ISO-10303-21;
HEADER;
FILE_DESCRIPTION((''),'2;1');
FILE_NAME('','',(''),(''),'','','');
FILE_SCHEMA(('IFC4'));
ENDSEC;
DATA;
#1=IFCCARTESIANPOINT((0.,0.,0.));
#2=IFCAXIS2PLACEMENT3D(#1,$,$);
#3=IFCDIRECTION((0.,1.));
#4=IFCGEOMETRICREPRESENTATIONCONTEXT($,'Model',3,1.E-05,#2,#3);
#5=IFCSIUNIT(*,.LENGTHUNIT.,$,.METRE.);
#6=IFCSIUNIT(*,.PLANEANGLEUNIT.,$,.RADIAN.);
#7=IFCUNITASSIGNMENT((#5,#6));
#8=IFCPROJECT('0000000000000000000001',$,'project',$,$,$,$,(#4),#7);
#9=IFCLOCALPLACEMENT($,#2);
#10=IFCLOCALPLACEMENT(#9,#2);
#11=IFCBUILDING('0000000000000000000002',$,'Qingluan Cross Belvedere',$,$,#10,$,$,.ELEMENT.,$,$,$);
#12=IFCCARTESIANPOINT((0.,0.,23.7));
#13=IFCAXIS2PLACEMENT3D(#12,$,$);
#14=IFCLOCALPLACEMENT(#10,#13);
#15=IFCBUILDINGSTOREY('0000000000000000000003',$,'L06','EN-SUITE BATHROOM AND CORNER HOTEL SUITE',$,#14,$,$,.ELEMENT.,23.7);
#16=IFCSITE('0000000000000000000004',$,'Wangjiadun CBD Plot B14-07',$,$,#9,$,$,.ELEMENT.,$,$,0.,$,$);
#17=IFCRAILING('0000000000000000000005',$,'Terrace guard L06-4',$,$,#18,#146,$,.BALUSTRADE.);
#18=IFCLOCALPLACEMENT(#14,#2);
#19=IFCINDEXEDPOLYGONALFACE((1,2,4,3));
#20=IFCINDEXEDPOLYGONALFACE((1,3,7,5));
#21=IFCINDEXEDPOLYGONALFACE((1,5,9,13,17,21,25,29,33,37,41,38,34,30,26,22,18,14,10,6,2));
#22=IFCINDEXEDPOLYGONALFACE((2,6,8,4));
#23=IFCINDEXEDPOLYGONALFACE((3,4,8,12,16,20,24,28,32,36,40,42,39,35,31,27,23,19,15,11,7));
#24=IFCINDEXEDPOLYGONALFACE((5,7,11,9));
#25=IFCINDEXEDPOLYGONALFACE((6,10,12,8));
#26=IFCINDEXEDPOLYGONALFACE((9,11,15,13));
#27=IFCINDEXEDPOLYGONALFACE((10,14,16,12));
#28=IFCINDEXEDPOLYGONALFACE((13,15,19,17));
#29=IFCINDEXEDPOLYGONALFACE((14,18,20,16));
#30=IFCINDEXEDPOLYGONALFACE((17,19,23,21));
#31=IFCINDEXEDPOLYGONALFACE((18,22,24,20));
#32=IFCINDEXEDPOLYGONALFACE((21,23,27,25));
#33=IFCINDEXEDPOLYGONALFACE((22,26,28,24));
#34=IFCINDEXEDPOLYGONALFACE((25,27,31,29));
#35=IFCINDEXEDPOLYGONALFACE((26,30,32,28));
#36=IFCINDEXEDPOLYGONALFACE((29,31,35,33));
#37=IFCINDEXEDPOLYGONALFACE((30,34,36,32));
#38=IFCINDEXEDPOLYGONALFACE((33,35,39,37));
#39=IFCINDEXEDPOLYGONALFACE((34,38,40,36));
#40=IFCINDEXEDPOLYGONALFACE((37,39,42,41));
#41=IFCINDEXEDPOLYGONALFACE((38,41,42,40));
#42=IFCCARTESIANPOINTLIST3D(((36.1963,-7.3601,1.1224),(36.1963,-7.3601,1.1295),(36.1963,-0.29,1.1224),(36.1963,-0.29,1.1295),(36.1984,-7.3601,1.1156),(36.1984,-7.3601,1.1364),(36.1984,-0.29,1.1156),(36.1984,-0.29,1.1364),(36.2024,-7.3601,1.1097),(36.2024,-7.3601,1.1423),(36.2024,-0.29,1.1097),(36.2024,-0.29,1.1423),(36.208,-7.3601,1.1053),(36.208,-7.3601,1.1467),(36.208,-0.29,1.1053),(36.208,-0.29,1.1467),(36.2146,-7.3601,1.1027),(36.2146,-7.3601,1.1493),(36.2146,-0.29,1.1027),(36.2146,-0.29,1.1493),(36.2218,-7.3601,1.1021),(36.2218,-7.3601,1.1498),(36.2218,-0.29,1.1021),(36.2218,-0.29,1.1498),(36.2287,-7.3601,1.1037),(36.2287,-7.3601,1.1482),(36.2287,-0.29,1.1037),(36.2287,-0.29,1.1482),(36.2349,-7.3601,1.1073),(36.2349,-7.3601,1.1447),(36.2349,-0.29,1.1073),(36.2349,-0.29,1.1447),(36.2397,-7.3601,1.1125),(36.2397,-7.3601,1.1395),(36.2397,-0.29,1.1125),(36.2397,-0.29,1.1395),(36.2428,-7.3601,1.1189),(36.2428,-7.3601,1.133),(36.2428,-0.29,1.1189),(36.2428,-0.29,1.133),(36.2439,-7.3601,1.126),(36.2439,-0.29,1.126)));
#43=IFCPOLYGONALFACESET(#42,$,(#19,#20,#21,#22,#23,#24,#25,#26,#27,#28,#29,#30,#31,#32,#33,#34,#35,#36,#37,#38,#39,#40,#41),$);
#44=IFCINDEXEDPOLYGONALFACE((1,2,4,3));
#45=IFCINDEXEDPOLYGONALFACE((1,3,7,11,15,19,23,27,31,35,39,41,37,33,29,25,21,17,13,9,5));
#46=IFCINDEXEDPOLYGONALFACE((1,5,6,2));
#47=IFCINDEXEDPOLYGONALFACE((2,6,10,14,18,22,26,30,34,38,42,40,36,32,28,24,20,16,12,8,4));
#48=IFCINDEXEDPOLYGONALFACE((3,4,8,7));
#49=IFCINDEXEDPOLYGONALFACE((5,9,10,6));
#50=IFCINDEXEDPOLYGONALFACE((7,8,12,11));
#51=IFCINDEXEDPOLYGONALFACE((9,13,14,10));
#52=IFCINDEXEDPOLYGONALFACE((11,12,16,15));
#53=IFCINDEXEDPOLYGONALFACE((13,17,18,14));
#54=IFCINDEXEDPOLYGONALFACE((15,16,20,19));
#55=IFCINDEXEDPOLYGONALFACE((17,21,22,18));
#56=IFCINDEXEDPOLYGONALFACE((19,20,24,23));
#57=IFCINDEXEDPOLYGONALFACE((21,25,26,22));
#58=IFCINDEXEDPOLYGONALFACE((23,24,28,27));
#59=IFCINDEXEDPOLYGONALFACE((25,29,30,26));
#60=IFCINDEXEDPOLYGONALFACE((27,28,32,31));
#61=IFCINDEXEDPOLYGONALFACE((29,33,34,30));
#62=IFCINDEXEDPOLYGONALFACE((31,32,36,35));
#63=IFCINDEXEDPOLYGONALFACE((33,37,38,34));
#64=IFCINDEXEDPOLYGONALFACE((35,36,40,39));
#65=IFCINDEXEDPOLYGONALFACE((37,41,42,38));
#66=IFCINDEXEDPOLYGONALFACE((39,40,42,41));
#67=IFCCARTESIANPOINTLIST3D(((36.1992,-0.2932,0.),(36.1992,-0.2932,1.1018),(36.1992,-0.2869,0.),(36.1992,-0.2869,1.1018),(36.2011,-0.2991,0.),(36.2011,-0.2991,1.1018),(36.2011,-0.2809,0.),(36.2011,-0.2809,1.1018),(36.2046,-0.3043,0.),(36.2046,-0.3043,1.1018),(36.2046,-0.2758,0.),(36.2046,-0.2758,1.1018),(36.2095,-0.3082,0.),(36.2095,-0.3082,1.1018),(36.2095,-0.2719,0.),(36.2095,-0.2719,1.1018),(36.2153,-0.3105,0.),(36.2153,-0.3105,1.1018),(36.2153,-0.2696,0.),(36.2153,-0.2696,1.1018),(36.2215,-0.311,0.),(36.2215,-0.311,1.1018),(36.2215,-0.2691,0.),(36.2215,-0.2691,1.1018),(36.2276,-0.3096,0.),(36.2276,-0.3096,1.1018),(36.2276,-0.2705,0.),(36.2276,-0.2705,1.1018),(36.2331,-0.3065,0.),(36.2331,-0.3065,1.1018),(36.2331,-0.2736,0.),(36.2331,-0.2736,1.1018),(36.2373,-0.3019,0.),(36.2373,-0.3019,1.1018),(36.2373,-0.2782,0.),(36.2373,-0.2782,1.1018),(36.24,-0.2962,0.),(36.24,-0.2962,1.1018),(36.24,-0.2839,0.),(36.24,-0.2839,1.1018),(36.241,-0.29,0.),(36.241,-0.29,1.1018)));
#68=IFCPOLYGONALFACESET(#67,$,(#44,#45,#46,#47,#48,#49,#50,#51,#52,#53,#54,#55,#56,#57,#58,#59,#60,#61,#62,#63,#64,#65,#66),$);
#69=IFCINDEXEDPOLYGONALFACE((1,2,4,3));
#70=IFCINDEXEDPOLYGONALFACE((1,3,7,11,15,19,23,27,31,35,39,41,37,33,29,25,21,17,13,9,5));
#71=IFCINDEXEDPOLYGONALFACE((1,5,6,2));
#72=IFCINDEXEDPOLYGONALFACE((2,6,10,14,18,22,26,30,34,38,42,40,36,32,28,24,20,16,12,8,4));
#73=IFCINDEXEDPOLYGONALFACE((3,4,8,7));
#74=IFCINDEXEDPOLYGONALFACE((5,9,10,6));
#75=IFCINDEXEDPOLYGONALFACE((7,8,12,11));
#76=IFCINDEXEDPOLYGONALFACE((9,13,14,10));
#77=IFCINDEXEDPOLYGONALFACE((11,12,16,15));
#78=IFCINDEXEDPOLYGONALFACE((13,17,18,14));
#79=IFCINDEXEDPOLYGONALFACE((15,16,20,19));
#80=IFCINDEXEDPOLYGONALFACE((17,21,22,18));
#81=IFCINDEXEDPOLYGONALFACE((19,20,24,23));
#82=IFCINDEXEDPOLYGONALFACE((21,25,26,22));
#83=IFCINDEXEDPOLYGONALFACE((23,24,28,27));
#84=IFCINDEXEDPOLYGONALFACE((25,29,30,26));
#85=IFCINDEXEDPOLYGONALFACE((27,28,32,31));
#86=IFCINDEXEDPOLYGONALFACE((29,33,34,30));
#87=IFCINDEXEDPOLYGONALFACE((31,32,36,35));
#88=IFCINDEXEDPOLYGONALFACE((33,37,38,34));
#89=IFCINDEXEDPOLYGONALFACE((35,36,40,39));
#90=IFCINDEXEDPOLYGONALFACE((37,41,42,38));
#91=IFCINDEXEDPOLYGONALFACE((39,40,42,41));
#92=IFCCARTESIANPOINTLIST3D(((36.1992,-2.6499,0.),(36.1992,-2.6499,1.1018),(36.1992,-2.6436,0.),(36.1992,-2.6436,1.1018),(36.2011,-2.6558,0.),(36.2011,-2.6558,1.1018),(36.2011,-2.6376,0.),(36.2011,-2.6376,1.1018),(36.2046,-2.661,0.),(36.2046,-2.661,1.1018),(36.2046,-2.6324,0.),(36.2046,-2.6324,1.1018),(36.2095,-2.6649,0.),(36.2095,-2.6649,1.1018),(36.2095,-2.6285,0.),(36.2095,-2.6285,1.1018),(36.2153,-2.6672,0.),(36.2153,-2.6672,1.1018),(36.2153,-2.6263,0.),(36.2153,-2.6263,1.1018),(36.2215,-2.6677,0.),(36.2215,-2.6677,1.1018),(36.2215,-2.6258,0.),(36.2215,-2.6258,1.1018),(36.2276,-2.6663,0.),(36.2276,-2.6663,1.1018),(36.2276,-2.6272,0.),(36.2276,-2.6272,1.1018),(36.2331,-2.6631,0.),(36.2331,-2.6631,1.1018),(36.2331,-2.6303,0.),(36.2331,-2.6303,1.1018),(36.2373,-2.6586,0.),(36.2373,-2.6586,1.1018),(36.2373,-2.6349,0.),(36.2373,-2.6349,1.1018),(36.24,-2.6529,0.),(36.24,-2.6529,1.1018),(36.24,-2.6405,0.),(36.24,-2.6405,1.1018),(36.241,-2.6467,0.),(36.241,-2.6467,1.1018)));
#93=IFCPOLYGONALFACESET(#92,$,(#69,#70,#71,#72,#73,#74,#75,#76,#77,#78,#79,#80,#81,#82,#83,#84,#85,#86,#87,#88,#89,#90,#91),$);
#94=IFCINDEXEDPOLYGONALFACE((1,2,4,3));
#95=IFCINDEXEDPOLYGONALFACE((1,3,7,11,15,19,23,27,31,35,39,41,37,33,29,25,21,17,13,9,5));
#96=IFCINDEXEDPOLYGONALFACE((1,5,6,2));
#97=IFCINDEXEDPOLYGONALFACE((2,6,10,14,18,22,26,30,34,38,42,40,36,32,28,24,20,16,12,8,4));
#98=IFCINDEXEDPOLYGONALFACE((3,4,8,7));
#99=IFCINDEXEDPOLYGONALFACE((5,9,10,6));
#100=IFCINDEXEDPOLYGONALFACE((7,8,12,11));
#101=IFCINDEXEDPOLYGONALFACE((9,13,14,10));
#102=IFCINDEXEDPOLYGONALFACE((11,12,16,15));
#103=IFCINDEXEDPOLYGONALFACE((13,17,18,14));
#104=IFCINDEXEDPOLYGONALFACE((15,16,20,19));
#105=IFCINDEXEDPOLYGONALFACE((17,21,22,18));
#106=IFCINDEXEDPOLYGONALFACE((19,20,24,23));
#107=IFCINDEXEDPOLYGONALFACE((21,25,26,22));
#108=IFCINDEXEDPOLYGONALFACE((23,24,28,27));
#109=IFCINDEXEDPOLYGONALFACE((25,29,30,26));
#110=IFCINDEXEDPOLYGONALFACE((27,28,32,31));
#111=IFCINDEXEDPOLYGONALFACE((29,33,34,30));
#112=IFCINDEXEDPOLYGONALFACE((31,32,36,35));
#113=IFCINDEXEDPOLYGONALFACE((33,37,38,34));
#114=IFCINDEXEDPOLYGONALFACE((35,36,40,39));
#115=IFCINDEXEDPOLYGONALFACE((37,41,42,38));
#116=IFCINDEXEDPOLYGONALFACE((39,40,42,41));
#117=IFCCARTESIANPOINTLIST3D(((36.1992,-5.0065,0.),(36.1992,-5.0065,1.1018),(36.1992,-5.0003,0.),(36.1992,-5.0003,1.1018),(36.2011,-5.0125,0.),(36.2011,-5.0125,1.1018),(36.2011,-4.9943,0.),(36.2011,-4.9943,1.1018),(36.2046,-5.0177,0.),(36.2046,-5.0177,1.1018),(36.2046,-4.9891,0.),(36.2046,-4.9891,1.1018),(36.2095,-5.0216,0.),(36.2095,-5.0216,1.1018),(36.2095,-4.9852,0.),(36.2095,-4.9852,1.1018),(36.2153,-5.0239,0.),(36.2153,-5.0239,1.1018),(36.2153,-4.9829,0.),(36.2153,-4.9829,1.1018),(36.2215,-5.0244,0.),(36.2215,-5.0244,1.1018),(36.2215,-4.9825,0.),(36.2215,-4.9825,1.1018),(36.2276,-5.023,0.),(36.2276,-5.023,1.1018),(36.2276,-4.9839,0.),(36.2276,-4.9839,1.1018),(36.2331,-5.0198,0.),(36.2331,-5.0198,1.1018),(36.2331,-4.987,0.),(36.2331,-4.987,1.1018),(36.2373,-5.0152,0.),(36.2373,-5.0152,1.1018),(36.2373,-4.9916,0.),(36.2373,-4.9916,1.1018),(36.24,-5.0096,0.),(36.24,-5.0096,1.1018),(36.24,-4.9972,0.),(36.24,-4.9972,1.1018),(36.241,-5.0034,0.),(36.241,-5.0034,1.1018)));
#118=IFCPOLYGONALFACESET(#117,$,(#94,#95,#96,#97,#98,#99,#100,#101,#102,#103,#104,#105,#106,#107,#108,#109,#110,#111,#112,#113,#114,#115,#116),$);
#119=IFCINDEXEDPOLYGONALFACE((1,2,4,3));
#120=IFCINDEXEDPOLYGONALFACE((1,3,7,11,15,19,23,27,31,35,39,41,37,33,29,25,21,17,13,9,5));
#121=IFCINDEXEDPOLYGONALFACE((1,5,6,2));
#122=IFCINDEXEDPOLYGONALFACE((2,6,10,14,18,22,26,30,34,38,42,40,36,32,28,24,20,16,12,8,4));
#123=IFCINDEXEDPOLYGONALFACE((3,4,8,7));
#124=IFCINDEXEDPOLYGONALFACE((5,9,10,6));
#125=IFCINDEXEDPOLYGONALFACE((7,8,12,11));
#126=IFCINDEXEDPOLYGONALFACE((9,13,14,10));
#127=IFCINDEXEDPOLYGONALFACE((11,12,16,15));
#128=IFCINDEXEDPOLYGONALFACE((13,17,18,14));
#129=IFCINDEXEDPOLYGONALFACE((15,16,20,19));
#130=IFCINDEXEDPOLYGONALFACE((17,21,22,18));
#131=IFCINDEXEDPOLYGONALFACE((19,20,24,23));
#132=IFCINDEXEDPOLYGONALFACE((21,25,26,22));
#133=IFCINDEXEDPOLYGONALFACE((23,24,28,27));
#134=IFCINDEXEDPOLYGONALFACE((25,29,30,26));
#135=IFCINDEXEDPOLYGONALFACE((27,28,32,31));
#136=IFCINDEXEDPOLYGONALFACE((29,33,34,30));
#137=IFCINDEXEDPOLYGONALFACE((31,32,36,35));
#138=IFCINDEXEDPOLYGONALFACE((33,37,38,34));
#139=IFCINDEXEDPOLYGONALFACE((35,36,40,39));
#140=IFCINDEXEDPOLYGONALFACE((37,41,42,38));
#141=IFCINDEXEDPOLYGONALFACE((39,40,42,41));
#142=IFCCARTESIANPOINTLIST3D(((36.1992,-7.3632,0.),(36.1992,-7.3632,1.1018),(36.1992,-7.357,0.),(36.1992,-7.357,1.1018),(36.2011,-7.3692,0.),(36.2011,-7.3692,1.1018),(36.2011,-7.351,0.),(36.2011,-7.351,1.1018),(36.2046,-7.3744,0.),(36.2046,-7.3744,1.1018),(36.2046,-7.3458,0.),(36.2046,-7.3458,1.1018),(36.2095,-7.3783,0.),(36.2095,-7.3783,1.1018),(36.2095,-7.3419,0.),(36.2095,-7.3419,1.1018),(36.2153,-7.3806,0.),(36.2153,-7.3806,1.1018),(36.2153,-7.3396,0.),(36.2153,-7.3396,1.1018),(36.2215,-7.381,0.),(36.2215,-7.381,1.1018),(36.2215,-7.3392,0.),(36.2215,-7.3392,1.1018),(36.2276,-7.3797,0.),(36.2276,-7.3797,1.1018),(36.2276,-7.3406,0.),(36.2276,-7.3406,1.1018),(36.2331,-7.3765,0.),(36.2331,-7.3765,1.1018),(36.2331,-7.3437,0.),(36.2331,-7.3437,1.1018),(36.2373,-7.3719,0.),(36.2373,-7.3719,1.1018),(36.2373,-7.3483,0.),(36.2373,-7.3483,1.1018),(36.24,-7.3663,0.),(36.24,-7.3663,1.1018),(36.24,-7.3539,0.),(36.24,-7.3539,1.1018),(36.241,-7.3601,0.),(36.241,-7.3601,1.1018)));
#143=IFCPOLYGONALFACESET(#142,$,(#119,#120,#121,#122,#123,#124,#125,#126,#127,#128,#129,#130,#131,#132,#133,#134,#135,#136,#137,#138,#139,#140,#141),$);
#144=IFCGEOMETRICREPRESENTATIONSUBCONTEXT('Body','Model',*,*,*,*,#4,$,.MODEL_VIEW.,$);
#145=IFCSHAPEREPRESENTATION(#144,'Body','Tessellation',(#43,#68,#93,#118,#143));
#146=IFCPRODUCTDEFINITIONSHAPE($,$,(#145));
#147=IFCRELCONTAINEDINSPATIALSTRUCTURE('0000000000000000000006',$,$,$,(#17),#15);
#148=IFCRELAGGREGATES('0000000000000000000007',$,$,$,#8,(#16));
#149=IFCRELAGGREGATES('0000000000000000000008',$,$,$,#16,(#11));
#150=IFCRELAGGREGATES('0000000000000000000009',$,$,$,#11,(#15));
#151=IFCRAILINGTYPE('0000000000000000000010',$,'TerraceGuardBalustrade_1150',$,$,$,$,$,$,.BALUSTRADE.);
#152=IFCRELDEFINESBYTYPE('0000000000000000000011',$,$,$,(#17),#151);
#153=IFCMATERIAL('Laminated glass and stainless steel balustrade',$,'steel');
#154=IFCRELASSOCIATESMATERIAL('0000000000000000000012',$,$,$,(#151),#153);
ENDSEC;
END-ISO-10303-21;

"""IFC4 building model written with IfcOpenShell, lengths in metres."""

from ifc_helpers import new_model, si_unit, direction, frame, origin, origin_2d, place, context, subcontext, project, spatial, circle, extrude, material, type_object, element, save


model = new_model("IFC4")

# Units and contexts
model_context = context("Model", 3, precision=1e-05, world=origin(), true_north=direction((0.0, 1.0)))
body_context = subcontext(model_context, "Body", "Model", "MODEL_VIEW")
ifc_project = project(units=[si_unit("LENGTHUNIT", "METRE"), si_unit("PLANEANGLEUNIT", "RADIAN")], contexts=[model_context])

# Site, building, storey
site_placement = place(None, origin())
site = spatial("IfcSite", under=ifc_project, at=site_placement, Name="Wangjiadun CBD Plot B14-07", CompositionType="ELEMENT", RefElevation=0.0)
building_placement = place(site_placement, origin())
building = spatial("IfcBuilding", under=site, at=building_placement, Name="Qingluan Cross Belvedere", CompositionType="ELEMENT")
storey_placement = place(building_placement, frame((0.0, 0.0, 23.7)))
storey = spatial("IfcBuildingStorey", under=building, at=storey_placement, Name="L06", Description="EN-SUITE BATHROOM AND CORNER HOTEL SUITE", CompositionType="ELEMENT", Elevation=23.7)

# Railing
ifc_material_1 = material(Name="Laminated glass and stainless steel balustrade", Category="steel")
railing_type = type_object("IfcRailingType", Name="TerraceGuardBalustrade_1150", PredefinedType="BALUSTRADE", material=ifc_material_1)
railing_1_placement = place(storey_placement, frame((36.22, -0.29, 0.0)))
element("IfcRailing", 1, at=railing_1_placement, inside=storey, type_object=railing_type, Name="Terrace guard L06-4", PredefinedType="BALUSTRADE", context=body_context, shape_type="SweptSolid", body=[
    extrude(circle(Radius=0.0239, at=origin_2d()), frame((0.0, 0.0, 1.126), z_axis=(0.0, -1.0, 0.0), x_axis=(1.0, 0.0, 0.0)), (0.0, 0.0, 1.0), 7.0701),
    extrude(circle(Radius=0.021, at=origin_2d()), origin(), (0.0, 0.0, 1.0), 1.1018),
    extrude(circle(Radius=0.021, at=origin_2d()), frame((0.0, -2.3567, 0.0)), (0.0, 0.0, 1.0), 1.1018),
    extrude(circle(Radius=0.021, at=origin_2d()), frame((0.0, -4.7134, 0.0)), (0.0, 0.0, 1.0), 1.1018),
    extrude(circle(Radius=0.021, at=origin_2d()), frame((0.0, -7.0701, 0.0)), (0.0, 0.0, 1.0), 1.1018),
])

save(model, "model.ifc")
